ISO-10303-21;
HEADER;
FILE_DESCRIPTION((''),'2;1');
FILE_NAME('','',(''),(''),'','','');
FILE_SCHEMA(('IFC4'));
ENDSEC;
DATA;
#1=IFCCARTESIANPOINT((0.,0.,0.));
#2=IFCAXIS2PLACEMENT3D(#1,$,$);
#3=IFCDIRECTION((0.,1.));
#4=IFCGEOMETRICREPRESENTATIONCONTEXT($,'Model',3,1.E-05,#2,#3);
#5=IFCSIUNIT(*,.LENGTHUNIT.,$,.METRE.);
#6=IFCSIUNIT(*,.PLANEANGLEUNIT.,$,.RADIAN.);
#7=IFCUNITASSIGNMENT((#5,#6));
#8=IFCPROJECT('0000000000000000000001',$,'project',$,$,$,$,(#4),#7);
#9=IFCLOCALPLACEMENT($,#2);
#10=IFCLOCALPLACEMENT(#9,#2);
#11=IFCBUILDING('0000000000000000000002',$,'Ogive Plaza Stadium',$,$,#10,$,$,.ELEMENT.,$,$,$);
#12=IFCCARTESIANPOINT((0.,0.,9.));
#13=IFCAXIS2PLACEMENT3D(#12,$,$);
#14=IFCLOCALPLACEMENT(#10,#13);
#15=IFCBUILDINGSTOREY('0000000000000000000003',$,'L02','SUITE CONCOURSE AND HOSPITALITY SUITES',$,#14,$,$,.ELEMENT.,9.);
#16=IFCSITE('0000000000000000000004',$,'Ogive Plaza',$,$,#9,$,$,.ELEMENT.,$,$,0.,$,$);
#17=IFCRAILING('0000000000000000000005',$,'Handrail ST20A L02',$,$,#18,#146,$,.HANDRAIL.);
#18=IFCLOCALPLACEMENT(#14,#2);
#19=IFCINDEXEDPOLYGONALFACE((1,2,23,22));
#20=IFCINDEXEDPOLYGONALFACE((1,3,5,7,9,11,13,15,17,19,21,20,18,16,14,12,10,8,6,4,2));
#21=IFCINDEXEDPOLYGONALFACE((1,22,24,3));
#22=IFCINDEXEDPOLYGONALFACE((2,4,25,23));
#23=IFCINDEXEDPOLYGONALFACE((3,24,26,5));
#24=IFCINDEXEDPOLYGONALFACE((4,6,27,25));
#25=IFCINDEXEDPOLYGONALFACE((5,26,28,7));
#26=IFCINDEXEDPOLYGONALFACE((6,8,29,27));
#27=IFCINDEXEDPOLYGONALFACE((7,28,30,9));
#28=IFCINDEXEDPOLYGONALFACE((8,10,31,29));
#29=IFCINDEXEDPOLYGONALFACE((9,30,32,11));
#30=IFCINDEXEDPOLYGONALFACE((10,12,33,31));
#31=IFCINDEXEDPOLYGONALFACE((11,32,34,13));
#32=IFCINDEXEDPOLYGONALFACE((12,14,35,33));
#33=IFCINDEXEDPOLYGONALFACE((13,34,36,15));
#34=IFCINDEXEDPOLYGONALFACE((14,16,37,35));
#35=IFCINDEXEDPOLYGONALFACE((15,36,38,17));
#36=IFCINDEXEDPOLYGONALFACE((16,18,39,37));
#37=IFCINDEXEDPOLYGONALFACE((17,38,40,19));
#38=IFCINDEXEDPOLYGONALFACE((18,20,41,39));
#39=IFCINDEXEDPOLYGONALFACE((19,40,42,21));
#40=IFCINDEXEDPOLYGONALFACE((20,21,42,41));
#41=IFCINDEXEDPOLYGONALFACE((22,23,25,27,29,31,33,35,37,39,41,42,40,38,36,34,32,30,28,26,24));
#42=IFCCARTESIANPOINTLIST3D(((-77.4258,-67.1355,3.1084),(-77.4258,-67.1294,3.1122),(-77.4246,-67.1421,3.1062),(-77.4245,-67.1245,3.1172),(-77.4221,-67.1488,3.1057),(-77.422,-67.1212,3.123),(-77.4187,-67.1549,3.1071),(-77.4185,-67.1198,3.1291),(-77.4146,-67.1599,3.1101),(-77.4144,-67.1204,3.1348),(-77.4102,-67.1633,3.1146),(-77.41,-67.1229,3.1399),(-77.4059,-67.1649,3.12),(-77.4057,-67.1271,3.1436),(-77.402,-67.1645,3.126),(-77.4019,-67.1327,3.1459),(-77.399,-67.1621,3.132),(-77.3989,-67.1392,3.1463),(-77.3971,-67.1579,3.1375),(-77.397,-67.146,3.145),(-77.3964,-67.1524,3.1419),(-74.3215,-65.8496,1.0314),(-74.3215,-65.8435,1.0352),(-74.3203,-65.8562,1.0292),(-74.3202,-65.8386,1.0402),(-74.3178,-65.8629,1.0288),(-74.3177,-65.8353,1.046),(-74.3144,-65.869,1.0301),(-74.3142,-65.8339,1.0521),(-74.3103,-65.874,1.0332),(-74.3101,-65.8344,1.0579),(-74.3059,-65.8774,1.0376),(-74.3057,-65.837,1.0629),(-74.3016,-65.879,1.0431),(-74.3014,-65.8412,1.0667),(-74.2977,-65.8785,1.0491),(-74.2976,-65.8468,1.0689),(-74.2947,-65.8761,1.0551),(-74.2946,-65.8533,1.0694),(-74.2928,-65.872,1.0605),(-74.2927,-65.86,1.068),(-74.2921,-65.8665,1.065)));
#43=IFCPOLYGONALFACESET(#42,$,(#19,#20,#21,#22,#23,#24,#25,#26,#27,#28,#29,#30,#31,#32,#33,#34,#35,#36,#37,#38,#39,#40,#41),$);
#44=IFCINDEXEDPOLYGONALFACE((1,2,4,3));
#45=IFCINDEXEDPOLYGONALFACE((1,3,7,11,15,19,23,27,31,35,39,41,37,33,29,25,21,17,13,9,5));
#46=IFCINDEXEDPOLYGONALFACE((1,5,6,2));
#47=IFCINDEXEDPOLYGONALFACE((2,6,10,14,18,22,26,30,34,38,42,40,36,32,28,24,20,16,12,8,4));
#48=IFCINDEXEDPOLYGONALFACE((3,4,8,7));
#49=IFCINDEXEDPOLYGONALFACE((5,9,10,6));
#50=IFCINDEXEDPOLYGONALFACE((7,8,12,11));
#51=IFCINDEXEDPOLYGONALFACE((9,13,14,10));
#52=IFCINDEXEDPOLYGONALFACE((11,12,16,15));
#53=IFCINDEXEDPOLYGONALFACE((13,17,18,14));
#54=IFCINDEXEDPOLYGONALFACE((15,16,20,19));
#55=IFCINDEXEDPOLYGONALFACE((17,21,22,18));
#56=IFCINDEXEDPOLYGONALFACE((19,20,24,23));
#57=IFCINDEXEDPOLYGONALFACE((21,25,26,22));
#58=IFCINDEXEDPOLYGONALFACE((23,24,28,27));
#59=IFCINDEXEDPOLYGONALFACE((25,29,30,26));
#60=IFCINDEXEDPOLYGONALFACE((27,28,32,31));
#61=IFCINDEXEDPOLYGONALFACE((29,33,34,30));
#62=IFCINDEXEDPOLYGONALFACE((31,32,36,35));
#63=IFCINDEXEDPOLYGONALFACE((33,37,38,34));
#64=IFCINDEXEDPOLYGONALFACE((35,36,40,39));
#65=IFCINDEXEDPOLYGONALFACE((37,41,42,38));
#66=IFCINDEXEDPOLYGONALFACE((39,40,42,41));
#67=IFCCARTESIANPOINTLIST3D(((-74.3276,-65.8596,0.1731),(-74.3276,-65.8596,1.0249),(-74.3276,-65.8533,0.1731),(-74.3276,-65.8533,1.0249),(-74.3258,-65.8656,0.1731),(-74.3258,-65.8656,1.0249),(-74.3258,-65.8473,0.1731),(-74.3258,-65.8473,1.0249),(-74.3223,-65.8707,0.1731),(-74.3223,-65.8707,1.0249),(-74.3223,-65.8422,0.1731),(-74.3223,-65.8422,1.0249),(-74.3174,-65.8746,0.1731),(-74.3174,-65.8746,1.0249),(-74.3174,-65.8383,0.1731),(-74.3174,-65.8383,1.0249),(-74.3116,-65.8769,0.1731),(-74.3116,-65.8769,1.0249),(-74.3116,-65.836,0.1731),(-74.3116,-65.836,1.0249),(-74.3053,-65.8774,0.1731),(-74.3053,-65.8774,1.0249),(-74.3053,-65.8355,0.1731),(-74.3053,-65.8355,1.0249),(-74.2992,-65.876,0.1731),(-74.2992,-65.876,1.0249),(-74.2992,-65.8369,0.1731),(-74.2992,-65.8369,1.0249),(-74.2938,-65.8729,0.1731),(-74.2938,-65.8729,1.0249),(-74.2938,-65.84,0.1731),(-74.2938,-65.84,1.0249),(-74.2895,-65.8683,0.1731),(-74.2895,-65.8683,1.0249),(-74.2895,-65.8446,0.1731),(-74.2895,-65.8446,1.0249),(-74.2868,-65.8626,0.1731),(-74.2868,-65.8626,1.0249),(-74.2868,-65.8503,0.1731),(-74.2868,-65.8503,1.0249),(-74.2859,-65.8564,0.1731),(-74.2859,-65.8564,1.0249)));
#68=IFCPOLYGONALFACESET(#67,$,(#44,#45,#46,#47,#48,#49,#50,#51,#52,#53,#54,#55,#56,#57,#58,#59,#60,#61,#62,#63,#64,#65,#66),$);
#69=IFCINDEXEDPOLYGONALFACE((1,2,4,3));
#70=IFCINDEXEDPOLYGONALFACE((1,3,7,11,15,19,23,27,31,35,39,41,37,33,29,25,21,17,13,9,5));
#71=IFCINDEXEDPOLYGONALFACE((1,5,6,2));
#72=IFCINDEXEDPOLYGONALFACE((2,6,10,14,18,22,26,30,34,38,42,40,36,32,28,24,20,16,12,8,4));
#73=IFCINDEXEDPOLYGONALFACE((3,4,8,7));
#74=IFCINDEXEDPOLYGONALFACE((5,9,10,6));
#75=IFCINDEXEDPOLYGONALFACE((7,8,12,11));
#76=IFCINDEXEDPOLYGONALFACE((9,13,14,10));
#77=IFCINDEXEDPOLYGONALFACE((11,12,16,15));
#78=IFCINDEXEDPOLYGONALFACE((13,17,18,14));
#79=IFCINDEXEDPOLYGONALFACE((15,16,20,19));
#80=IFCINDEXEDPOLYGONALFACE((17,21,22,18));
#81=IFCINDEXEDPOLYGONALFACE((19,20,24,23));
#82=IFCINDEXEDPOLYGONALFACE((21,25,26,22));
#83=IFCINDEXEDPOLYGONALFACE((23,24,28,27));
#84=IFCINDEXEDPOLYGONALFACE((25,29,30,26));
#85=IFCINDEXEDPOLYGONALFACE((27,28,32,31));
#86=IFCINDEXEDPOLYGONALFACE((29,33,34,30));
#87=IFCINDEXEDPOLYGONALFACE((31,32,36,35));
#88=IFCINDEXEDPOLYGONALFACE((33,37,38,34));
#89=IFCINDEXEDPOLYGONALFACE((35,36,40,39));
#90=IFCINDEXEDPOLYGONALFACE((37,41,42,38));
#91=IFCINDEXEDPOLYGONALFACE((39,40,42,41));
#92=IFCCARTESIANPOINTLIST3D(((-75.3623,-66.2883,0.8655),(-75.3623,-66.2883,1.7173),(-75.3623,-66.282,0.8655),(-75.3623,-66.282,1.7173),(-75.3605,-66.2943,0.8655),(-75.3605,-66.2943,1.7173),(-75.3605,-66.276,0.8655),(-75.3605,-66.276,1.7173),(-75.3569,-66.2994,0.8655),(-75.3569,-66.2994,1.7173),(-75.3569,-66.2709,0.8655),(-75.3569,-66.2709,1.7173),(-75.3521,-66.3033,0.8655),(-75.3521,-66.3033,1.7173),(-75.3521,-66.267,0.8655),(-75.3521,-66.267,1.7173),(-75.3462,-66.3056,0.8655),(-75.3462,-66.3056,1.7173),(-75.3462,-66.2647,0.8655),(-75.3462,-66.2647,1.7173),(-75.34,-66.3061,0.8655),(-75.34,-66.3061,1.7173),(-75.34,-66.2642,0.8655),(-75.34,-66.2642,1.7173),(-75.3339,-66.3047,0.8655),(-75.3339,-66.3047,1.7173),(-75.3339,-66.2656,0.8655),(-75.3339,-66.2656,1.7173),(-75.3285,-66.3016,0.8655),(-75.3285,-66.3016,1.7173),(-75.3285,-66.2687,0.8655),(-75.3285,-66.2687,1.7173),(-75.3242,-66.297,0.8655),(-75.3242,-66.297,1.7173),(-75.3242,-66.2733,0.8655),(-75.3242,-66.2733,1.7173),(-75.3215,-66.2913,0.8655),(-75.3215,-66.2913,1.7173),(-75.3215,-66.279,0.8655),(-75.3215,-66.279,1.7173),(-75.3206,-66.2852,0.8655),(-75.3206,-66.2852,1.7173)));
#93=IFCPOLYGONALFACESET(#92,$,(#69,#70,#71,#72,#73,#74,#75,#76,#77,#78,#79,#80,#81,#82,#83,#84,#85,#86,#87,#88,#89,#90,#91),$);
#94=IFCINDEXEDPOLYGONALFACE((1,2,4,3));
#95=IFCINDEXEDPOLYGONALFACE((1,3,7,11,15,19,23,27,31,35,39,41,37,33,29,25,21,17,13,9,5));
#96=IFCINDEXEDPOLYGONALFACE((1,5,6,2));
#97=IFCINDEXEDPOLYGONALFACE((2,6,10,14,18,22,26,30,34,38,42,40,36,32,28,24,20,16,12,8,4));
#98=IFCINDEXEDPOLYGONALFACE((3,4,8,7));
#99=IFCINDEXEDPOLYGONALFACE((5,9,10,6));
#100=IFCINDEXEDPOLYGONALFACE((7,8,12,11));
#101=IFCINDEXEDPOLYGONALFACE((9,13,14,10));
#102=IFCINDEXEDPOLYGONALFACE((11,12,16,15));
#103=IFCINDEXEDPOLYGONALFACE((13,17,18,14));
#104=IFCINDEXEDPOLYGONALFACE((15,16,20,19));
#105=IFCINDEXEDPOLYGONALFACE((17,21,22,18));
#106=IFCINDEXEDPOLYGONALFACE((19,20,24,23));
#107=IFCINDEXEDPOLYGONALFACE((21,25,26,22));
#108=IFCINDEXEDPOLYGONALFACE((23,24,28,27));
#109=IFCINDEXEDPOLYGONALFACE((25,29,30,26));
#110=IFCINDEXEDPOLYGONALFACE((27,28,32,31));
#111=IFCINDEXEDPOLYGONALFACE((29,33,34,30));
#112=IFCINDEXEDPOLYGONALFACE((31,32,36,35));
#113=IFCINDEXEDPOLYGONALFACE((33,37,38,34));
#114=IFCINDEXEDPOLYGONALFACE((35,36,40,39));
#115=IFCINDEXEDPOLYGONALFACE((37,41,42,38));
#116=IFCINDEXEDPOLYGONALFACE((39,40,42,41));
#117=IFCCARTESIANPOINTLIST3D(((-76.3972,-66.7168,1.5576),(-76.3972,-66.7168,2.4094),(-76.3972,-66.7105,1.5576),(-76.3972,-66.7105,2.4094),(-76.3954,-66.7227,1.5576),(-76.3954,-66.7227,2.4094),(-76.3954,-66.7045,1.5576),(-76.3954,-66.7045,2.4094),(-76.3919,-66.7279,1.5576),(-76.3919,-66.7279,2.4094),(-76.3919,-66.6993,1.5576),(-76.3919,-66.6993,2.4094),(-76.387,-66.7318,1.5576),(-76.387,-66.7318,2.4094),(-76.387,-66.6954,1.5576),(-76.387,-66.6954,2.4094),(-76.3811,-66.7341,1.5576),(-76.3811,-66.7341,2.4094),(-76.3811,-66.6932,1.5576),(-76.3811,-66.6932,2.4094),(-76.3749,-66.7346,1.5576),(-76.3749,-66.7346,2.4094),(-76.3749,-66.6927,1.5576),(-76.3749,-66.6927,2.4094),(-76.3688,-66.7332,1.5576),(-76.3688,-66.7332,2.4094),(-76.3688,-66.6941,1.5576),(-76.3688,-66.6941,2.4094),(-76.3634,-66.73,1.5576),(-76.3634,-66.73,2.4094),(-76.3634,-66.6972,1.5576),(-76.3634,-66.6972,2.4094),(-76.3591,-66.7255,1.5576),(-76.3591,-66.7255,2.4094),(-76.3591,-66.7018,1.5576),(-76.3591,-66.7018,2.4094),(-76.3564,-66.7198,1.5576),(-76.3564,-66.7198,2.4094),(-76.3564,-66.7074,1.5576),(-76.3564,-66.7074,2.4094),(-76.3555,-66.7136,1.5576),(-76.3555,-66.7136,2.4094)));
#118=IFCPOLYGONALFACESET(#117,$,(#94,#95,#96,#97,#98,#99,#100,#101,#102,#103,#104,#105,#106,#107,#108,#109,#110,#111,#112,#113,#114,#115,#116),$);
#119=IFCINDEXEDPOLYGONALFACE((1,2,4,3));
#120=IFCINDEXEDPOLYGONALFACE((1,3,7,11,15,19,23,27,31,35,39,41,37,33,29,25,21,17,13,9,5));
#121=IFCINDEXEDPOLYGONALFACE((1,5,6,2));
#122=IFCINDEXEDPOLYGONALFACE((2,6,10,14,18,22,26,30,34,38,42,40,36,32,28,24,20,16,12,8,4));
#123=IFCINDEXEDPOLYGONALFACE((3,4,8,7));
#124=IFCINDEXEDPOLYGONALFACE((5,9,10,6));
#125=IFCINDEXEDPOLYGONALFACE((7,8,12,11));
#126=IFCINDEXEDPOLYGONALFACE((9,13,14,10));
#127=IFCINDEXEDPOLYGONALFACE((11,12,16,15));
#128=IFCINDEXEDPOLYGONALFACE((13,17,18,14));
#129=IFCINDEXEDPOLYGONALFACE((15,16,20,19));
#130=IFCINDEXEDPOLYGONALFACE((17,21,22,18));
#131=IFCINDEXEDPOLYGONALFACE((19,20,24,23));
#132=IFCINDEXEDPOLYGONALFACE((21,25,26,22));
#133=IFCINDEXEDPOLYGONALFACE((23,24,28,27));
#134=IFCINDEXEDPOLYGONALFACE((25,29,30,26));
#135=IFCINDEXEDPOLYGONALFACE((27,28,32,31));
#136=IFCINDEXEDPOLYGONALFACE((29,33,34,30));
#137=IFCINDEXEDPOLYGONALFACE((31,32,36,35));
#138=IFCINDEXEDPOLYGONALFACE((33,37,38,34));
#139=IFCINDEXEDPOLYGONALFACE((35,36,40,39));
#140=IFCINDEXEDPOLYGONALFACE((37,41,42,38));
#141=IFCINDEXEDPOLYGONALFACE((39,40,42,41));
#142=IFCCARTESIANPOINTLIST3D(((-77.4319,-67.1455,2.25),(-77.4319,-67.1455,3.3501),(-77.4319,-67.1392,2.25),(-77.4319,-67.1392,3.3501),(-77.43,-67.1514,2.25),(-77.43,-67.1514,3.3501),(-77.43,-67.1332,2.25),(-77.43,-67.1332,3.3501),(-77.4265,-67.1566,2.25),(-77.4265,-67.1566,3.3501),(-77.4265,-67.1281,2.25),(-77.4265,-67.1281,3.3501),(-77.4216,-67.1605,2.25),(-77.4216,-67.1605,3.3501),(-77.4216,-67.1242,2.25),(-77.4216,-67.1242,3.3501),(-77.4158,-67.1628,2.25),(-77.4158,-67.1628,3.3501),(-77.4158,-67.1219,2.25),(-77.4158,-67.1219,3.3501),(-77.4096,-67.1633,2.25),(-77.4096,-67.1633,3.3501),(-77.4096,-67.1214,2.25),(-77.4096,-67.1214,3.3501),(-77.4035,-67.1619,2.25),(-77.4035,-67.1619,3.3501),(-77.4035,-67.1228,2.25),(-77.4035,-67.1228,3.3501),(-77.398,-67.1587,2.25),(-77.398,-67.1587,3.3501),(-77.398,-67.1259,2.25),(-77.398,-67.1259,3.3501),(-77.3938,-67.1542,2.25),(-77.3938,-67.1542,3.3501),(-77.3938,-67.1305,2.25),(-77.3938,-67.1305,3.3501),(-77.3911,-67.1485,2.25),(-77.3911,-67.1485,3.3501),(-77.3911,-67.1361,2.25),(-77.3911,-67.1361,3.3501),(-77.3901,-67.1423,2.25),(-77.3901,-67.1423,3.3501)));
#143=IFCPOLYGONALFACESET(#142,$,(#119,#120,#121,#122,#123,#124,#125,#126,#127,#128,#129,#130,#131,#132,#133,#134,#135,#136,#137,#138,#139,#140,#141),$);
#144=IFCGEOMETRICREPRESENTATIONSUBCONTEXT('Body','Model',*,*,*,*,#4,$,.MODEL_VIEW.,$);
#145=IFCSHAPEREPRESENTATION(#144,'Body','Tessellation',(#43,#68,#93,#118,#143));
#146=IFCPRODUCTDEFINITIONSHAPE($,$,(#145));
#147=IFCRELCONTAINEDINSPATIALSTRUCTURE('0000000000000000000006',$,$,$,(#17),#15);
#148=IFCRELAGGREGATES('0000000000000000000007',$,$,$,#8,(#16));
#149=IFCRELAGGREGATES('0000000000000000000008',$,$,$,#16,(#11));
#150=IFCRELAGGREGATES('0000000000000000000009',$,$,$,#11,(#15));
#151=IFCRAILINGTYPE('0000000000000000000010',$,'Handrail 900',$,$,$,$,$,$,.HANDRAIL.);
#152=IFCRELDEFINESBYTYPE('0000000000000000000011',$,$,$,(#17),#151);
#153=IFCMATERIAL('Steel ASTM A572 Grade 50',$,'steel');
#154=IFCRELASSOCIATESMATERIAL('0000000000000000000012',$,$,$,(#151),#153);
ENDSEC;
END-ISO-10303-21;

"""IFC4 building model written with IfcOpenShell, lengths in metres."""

from ifc_helpers import new_model, si_unit, direction, frame, origin, origin_2d, place, context, subcontext, project, spatial, circle, extrude, material, type_object, element, save


model = new_model("IFC4")

# Units and contexts
model_context = context("Model", 3, precision=1e-05, world=origin(), true_north=direction((0.0, 1.0)))
body_context = subcontext(model_context, "Body", "Model", "MODEL_VIEW")
ifc_project = project(units=[si_unit("LENGTHUNIT", "METRE"), si_unit("PLANEANGLEUNIT", "RADIAN")], contexts=[model_context])

# Site, building, storey
site_placement = place(None, origin())
site = spatial("IfcSite", under=ifc_project, at=site_placement, Name="Ogive Plaza", CompositionType="ELEMENT", RefElevation=0.0)
building_placement = place(site_placement, origin())
building = spatial("IfcBuilding", under=site, at=building_placement, Name="Ogive Plaza Stadium", CompositionType="ELEMENT")
storey_placement = place(building_placement, frame((0.0, 0.0, 9.0)))
storey = spatial("IfcBuildingStorey", under=building, at=storey_placement, Name="L02", Description="SUITE CONCOURSE AND HOSPITALITY SUITES", CompositionType="ELEMENT", Elevation=9.0)

# Railing
ifc_material_1 = material(Name="Steel ASTM A572 Grade 50", Category="steel")
railing_type_1 = type_object("IfcRailingType", Name="Handrail 900", PredefinedType="HANDRAIL", material=ifc_material_1)
for number, where, name in (
    (1, (-74.3069, -65.8564, 0.1731), "Handrail ST20A L02"),
):
    element("IfcRailing", number, at=place(storey_placement, frame(where)), inside=storey, type_object=railing_type_1, Name=name, PredefinedType="HANDRAIL", context=body_context, shape_type="SweptSolid", body=[
        extrude(circle(Radius=0.0239, at=origin_2d()), frame((0.0, 0.0, 0.876), z_axis=(-0.785863, -0.325532, 0.525783), x_axis=(0.3827, -0.923872, 0.0)), (0.0, 0.0, 1.0), 3.9502),
        extrude(circle(Radius=0.021, at=origin_2d()), origin(), (0.0, 0.0, 1.0), 0.8518),
        extrude(circle(Radius=0.021, at=origin_2d()), frame((-1.0347, -0.4287, 0.6924)), (0.0, 0.0, 1.0), 0.8518),
        extrude(circle(Radius=0.021, at=origin_2d()), frame((-2.0696, -0.8572, 1.3845)), (0.0, 0.0, 1.0), 0.8518),
        extrude(circle(Radius=0.021, at=origin_2d()), frame((-3.1042, -1.2859, 2.0769)), (0.0, 0.0, 1.0), 1.1001),
    ])

save(model, "model.ifc")
